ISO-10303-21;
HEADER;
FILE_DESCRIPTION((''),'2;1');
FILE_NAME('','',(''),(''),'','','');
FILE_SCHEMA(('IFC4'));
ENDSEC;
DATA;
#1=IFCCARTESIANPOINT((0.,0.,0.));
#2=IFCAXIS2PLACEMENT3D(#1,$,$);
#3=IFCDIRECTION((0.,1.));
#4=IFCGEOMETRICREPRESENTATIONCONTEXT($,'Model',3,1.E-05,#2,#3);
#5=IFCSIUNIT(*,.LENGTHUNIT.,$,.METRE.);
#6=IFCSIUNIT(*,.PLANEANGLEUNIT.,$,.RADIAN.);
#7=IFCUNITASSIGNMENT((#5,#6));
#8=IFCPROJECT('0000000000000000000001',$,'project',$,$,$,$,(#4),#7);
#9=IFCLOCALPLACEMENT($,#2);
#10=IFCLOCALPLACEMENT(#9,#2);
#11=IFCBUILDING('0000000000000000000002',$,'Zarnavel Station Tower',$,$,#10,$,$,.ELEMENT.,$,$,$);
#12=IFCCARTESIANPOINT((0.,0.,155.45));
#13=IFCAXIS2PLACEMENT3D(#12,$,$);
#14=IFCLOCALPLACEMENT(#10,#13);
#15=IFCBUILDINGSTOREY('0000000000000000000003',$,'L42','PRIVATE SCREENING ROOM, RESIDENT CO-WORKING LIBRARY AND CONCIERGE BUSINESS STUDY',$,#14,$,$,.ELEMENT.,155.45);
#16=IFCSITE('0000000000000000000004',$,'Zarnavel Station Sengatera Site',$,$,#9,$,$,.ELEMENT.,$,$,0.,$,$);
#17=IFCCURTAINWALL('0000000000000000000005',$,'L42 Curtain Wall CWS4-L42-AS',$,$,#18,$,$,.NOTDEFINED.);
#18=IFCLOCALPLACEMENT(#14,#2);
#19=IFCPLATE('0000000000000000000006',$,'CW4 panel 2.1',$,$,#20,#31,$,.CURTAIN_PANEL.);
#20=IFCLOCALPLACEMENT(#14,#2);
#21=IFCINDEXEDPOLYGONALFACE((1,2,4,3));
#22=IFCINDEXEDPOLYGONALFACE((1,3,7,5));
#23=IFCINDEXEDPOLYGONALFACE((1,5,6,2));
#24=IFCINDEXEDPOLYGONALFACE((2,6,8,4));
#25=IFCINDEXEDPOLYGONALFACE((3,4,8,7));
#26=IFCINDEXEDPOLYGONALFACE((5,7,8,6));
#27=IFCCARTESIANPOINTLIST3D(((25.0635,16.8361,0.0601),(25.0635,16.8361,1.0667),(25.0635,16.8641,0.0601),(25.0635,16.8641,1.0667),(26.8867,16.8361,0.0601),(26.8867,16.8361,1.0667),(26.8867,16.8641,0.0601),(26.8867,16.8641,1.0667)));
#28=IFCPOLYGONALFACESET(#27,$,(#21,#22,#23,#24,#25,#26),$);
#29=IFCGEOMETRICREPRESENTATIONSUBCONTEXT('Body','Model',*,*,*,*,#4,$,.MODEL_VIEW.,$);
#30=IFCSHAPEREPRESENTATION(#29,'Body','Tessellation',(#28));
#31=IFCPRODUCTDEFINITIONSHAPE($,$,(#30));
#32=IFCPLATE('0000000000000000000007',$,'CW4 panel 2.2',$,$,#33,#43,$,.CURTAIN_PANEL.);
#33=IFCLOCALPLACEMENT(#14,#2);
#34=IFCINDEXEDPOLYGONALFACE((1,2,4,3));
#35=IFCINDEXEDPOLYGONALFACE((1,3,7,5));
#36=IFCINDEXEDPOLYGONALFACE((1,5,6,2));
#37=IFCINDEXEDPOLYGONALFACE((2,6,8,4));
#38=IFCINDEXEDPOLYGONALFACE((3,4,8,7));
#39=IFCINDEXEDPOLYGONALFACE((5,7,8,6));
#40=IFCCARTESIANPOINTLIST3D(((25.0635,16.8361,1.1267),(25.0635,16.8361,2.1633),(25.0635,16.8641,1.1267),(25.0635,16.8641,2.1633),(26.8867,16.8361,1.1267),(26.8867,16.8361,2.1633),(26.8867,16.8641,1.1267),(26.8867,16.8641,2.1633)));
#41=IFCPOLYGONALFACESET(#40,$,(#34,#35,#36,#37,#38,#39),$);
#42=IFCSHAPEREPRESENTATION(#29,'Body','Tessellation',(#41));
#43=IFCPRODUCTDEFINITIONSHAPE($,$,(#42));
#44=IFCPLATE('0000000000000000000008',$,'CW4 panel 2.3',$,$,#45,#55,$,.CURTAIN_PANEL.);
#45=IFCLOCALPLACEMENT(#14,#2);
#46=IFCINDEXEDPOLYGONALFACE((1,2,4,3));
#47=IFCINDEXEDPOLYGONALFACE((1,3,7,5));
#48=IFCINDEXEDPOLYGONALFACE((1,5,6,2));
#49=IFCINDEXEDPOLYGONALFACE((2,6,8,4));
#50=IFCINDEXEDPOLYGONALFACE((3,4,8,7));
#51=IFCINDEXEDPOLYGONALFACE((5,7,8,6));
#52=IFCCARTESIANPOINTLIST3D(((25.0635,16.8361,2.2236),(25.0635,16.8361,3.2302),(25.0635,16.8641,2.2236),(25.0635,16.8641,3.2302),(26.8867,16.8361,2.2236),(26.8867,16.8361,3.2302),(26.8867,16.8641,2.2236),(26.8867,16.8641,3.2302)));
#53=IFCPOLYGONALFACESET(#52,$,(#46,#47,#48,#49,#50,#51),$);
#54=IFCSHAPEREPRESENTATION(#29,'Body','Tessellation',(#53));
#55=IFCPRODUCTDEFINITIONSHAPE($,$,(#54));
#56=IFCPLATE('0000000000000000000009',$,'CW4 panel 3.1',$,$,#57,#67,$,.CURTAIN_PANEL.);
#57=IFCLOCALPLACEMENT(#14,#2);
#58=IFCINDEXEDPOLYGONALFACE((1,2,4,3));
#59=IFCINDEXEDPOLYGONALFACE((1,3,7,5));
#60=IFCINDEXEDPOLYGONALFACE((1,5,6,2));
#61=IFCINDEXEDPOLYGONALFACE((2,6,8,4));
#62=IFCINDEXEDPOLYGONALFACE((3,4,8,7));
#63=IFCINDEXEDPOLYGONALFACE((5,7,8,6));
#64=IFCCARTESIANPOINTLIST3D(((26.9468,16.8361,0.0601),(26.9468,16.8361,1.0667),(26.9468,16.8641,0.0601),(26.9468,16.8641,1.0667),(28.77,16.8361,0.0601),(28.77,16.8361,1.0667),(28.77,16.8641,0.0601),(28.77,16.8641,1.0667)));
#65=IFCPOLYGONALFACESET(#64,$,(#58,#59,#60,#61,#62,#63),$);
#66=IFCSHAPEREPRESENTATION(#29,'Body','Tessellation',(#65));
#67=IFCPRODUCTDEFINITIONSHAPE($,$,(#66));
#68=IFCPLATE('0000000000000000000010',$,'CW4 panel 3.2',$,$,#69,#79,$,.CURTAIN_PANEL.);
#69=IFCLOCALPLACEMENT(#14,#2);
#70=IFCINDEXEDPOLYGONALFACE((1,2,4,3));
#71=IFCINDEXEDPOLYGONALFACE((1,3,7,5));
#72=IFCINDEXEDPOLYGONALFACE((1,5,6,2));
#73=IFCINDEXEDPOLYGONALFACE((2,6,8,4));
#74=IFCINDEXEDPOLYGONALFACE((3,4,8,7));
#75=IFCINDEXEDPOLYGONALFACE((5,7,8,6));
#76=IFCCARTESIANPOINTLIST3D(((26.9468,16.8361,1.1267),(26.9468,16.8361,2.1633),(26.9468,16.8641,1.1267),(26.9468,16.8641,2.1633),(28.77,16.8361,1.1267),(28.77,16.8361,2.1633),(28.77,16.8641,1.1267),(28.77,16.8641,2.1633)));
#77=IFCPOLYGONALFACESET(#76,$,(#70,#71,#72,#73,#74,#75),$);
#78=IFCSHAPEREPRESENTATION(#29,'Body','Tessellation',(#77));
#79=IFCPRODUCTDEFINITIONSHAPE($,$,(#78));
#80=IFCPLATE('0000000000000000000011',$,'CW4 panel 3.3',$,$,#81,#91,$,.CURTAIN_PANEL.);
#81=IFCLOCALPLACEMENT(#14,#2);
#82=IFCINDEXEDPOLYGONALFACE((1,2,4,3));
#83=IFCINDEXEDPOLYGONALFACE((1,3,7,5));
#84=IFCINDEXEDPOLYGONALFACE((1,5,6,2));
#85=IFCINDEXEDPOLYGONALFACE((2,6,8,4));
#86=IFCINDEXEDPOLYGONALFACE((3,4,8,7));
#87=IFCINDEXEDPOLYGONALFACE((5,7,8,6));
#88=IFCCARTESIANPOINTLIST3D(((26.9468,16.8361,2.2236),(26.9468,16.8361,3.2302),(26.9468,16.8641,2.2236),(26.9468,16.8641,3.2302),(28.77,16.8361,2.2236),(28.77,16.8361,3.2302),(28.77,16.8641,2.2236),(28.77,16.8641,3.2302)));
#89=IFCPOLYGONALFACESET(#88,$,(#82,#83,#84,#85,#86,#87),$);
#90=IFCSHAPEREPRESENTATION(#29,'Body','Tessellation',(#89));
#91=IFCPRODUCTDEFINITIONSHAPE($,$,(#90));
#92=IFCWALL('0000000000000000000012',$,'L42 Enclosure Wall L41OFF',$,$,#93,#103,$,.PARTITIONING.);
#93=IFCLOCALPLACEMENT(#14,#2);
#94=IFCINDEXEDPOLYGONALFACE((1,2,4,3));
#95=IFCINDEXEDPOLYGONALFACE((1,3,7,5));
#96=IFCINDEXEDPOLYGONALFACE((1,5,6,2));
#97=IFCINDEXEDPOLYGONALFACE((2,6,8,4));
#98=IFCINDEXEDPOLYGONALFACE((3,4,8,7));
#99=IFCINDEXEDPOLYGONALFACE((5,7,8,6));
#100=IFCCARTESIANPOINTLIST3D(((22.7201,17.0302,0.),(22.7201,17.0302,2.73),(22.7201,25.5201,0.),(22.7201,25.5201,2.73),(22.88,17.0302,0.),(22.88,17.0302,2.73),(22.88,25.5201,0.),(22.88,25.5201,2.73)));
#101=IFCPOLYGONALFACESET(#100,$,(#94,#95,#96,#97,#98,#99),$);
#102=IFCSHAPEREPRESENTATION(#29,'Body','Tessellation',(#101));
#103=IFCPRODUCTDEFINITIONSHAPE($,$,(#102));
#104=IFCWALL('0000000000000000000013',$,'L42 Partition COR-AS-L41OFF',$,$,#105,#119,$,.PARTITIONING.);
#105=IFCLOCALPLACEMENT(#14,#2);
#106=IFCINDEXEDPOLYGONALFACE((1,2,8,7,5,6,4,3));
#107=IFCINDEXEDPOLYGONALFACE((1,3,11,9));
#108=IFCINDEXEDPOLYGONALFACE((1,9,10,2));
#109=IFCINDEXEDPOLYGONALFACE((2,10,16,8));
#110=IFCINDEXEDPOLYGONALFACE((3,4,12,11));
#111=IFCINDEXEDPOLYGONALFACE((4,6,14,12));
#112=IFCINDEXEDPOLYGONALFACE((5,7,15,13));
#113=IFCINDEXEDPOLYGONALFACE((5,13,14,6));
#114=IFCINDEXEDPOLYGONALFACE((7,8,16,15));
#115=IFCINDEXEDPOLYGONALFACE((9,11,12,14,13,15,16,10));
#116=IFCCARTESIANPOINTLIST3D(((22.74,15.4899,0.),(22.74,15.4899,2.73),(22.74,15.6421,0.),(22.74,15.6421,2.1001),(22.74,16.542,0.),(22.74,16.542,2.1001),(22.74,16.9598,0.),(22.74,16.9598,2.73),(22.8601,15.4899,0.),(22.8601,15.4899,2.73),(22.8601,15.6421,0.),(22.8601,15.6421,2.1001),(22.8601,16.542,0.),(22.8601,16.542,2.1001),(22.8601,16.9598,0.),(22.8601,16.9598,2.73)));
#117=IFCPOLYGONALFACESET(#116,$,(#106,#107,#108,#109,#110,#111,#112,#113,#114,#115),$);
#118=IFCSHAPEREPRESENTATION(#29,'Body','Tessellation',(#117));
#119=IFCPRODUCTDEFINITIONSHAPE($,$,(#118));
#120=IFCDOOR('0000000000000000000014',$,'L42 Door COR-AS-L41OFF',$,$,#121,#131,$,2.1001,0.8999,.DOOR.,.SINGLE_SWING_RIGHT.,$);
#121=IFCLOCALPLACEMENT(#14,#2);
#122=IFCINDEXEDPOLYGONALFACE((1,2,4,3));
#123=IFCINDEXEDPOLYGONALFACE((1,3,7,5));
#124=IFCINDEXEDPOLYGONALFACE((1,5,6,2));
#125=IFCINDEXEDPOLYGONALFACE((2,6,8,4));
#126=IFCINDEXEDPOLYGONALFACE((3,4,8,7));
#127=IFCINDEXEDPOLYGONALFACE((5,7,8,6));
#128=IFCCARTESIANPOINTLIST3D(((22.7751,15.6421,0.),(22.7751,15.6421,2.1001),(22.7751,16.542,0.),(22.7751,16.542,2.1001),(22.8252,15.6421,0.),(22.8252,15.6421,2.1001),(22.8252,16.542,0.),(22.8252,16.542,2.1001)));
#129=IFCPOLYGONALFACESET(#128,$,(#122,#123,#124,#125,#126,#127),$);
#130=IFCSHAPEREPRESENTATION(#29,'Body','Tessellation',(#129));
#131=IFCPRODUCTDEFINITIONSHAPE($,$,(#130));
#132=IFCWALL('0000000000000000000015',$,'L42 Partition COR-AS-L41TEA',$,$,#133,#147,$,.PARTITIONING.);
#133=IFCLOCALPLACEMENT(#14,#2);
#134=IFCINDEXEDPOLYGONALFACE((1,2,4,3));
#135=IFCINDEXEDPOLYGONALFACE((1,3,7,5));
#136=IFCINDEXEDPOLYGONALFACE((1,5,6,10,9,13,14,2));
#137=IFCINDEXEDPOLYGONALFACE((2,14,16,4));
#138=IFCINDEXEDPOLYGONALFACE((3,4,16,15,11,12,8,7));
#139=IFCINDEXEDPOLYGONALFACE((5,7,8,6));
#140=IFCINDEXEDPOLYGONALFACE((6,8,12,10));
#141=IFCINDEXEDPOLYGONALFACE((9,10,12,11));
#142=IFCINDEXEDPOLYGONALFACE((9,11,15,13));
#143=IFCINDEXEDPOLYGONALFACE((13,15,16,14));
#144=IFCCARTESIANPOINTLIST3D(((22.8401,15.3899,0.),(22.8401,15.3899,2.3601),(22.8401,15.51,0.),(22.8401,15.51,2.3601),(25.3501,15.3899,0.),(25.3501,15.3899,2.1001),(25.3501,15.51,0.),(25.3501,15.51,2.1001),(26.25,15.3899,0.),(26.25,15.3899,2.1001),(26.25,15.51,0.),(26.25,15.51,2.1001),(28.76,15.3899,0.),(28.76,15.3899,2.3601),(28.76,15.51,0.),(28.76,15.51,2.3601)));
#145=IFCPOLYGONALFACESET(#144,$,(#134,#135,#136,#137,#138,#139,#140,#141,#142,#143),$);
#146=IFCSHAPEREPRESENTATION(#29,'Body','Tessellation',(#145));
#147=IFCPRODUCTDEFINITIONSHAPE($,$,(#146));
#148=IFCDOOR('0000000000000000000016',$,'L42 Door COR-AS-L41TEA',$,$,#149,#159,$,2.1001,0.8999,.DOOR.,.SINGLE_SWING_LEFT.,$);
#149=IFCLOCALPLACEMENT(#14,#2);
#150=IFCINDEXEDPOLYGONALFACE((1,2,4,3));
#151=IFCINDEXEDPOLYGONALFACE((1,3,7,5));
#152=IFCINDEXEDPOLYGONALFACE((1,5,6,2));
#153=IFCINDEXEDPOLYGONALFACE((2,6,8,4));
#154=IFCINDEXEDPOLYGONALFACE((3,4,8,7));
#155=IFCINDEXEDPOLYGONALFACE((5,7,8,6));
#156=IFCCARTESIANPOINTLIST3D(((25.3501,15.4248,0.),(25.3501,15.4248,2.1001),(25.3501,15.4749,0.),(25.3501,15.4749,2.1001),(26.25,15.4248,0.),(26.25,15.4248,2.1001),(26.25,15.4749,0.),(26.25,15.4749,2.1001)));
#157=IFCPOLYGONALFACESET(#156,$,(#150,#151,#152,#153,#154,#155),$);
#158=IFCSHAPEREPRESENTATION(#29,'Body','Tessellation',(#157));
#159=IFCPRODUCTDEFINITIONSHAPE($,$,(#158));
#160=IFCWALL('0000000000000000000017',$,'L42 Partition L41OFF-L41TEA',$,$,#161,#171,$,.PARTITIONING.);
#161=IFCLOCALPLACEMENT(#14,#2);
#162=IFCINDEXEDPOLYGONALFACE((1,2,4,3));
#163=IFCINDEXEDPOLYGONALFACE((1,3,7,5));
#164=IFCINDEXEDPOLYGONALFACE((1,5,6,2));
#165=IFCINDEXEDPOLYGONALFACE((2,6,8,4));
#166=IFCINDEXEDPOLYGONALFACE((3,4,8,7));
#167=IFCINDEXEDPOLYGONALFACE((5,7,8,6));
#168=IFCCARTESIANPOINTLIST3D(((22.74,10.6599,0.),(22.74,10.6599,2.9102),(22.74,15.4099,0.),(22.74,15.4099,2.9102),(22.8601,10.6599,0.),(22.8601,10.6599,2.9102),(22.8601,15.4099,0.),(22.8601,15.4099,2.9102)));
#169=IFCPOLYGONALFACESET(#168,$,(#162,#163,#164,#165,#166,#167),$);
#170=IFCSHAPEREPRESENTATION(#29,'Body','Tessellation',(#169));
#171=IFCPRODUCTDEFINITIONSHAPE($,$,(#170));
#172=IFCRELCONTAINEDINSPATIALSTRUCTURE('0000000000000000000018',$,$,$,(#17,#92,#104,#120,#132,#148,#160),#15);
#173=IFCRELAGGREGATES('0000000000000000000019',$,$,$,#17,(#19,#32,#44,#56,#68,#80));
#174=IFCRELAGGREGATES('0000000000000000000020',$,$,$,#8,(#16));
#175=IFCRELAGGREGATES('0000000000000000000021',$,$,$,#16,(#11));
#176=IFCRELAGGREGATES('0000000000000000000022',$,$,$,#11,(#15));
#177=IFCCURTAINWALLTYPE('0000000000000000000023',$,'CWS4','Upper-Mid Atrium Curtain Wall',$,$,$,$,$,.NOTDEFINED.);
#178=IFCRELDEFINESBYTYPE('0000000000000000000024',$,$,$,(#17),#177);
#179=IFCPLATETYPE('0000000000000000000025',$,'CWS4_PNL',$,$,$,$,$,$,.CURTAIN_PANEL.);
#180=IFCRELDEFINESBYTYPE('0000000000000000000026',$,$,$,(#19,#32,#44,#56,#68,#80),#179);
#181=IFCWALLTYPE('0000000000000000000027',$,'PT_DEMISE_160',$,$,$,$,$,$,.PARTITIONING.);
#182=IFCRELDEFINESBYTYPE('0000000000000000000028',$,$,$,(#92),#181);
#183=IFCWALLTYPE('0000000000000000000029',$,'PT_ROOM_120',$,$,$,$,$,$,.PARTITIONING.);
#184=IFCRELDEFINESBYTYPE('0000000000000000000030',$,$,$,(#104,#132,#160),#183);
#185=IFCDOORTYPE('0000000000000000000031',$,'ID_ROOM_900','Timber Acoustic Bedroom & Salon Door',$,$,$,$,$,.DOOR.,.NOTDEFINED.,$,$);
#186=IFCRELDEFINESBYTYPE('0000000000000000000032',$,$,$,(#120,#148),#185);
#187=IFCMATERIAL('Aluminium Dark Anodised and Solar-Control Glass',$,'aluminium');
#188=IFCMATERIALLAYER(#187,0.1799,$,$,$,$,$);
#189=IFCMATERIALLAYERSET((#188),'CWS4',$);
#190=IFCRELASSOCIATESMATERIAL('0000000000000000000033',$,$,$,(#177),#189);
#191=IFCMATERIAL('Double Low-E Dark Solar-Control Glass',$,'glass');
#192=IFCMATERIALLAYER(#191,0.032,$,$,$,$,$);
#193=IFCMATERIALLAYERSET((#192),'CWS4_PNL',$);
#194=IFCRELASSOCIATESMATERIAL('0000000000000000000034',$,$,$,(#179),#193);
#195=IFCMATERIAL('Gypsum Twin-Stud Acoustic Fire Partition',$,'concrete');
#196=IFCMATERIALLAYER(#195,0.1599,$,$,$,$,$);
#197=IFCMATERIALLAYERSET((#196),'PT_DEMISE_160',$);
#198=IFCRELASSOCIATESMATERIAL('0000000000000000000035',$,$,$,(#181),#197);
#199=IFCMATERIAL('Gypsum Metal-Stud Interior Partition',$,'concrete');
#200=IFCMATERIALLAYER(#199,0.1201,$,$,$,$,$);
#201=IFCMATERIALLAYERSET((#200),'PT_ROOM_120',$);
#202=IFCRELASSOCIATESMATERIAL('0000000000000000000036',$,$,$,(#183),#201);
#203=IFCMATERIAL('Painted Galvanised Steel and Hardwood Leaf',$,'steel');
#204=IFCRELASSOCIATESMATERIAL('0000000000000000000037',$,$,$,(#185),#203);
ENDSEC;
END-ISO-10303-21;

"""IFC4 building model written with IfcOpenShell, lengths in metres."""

from ifc_helpers import new_model, si_unit, direction, frame, frame_2d, origin, origin_2d, place, context, subcontext, project, spatial, rectangle, extrude, material, layer, layer_set, type_object, element, fill, aggregate, save


model = new_model("IFC4")

# Units and contexts
model_context = context("Model", 3, precision=1e-05, world=origin(), true_north=direction((0.0, 1.0)))
body_context = subcontext(model_context, "Body", "Model", "MODEL_VIEW")
ifc_project = project(units=[si_unit("LENGTHUNIT", "METRE"), si_unit("PLANEANGLEUNIT", "RADIAN")], contexts=[model_context])

# Site, building, storey
site_placement = place(None, origin())
site = spatial("IfcSite", under=ifc_project, at=site_placement, Name="Zarnavel Station Sengatera Site", CompositionType="ELEMENT", RefElevation=0.0)
building_placement = place(site_placement, origin())
building = spatial("IfcBuilding", under=site, at=building_placement, Name="Zarnavel Station Tower", CompositionType="ELEMENT")
storey_placement = place(building_placement, frame((0.0, 0.0, 155.45)))
storey = spatial("IfcBuildingStorey", under=building, at=storey_placement, Name="L42", Description="PRIVATE SCREENING ROOM, RESIDENT CO-WORKING LIBRARY AND CONCIERGE BUSINESS STUDY", CompositionType="ELEMENT", Elevation=155.45)

# Curtain wall
ifc_material_1 = material(Name="Aluminium Dark Anodised and Solar-Control Glass", Category="aluminium")
ifc_layer_1 = layer(ifc_material_1, 0.1799)
ifc_layer_set_1 = layer_set([ifc_layer_1], Name="CWS4")
curtain_wall_type = type_object("IfcCurtainWallType", Name="CWS4", Description="Upper-Mid Atrium Curtain Wall", PredefinedType="NOTDEFINED", material=ifc_layer_set_1)
curtain_wall_placement = place(storey_placement, origin())
curtain_wall = element("IfcCurtainWall", 1, at=curtain_wall_placement, inside=storey, type_object=curtain_wall_type, Name="L42 Curtain Wall CWS4-L42-AS", PredefinedType="NOTDEFINED")

# Plates
ifc_material_2 = material(Name="Double Low-E Dark Solar-Control Glass", Category="glass")
ifc_layer_2 = layer(ifc_material_2, 0.032)
ifc_layer_set_2 = layer_set([ifc_layer_2], Name="CWS4_PNL")
plate_type = type_object("IfcPlateType", Name="CWS4_PNL", PredefinedType="CURTAIN_PANEL", material=ifc_layer_set_2)
plate_1_placement = place(storey_placement, frame((25.9751, 16.8501, 0.0601), z_axis=(0.0, 0.0, 1.0), x_axis=(1.0, 0.0, 0.0)))
plate_1 = element("IfcPlate", 2, at=plate_1_placement, type_object=plate_type, Name="CW4 panel 2.1", PredefinedType="CURTAIN_PANEL", context=body_context, shape_type="SweptSolid", body=[
    extrude(rectangle(XDim=1.8232, YDim=0.0281, at=origin_2d()), origin(), (0.0, 0.0, 1.0), 1.0066),
])
plate_2_placement = place(storey_placement, frame((25.9751, 16.8501, 1.1267), z_axis=(0.0, 0.0, 1.0), x_axis=(1.0, 0.0, 0.0)))
plate_2 = element("IfcPlate", 3, at=plate_2_placement, type_object=plate_type, Name="CW4 panel 2.2", PredefinedType="CURTAIN_PANEL", context=body_context, shape_type="SweptSolid", body=[
    extrude(rectangle(XDim=1.8232, YDim=0.0281, at=origin_2d()), origin(), (0.0, 0.0, 1.0), 1.0366),
])
plate_3_placement = place(storey_placement, frame((25.9751, 16.8501, 2.2236), z_axis=(0.0, 0.0, 1.0), x_axis=(1.0, 0.0, 0.0)))
plate_3 = element("IfcPlate", 4, at=plate_3_placement, type_object=plate_type, Name="CW4 panel 2.3", PredefinedType="CURTAIN_PANEL", context=body_context, shape_type="SweptSolid", body=[
    extrude(rectangle(XDim=1.8232, YDim=0.0281, at=origin_2d()), origin(), (0.0, 0.0, 1.0), 1.0066),
])
plate_4_placement = place(storey_placement, frame((27.8584, 16.8501, 0.0601), z_axis=(0.0, 0.0, 1.0), x_axis=(1.0, 0.0, 0.0)))
plate_4 = element("IfcPlate", 5, at=plate_4_placement, type_object=plate_type, Name="CW4 panel 3.1", PredefinedType="CURTAIN_PANEL", context=body_context, shape_type="SweptSolid", body=[
    extrude(rectangle(XDim=1.8232, YDim=0.0281, at=origin_2d()), origin(), (0.0, 0.0, 1.0), 1.0066),
])
plate_5_placement = place(storey_placement, frame((27.8584, 16.8501, 1.1267), z_axis=(0.0, 0.0, 1.0), x_axis=(1.0, 0.0, 0.0)))
plate_5 = element("IfcPlate", 6, at=plate_5_placement, type_object=plate_type, Name="CW4 panel 3.2", PredefinedType="CURTAIN_PANEL", context=body_context, shape_type="SweptSolid", body=[
    extrude(rectangle(XDim=1.8232, YDim=0.0281, at=origin_2d()), origin(), (0.0, 0.0, 1.0), 1.0366),
])
plate_6_placement = place(storey_placement, frame((27.8584, 16.8501, 2.2236), z_axis=(0.0, 0.0, 1.0), x_axis=(1.0, 0.0, 0.0)))
plate_6 = element("IfcPlate", 7, at=plate_6_placement, type_object=plate_type, Name="CW4 panel 3.3", PredefinedType="CURTAIN_PANEL", context=body_context, shape_type="SweptSolid", body=[
    extrude(rectangle(XDim=1.8232, YDim=0.0281, at=origin_2d()), origin(), (0.0, 0.0, 1.0), 1.0066),
])
aggregate(curtain_wall, [plate_1, plate_2, plate_3, plate_4, plate_5, plate_6])

# Wall
ifc_material_3 = material(Name="Gypsum Twin-Stud Acoustic Fire Partition", Category="concrete")
ifc_layer_3 = layer(ifc_material_3, 0.1599)
ifc_layer_set_3 = layer_set([ifc_layer_3], Name="PT_DEMISE_160")
wall_type_1 = type_object("IfcWallType", Name="PT_DEMISE_160", PredefinedType="PARTITIONING", material=ifc_layer_set_3)
wall_1_placement = place(storey_placement, frame((22.8, 17.03, 0.0), z_axis=(0.0, 0.0, 1.0), x_axis=(0.0, 1.0, 0.0)))
element("IfcWall", 8, at=wall_1_placement, inside=storey, type_object=wall_type_1, Name="L42 Enclosure Wall L41OFF", PredefinedType="PARTITIONING", context=body_context, shape_type="SweptSolid", body=[
    extrude(rectangle(XDim=8.49, YDim=0.1599, at=frame_2d((4.2451, 0.0))), origin(), (0.0, 0.0, 1.0), 2.73),
])

# Walls, openings, doors
ifc_material_4 = material(Name="Gypsum Metal-Stud Interior Partition", Category="concrete")
ifc_layer_4 = layer(ifc_material_4, 0.1201)
ifc_layer_set_4 = layer_set([ifc_layer_4], Name="PT_ROOM_120")
wall_type_2 = type_object("IfcWallType", Name="PT_ROOM_120", PredefinedType="PARTITIONING", material=ifc_layer_set_4)
wall_2_placement = place(storey_placement, frame((22.8, 15.49, 0.0), z_axis=(0.0, 0.0, 1.0), x_axis=(0.0, 1.0, 0.0)))
wall_2 = element("IfcWall", 9, at=wall_2_placement, inside=storey, type_object=wall_type_2, Name="L42 Partition COR-AS-L41OFF", PredefinedType="PARTITIONING", context=body_context, shape_type="SweptSolid", body=[
    extrude(rectangle(XDim=1.47, YDim=0.1201, at=frame_2d((0.7349, 0.0))), origin(), (0.0, 0.0, 1.0), 2.73),
])
opening_1_placement = place(wall_2_placement, frame((0.1521, 0.0, 0.0)))
opening_1 = element("IfcOpeningElement", 10, at=opening_1_placement, cuts=wall_2, PredefinedType="OPENING", context=body_context, shape_type="SweptSolid", body=[
    extrude(rectangle(XDim=0.8999, YDim=2.1001, at=frame_2d((0.45, 1.05))), frame((0.0, 0.0701, 0.0), z_axis=(0.0, -1.0, 0.0), x_axis=(1.0, 0.0, 0.0)), (0.0, 0.0, 1.0), 0.1401),
])
ifc_material_5 = material(Name="Painted Galvanised Steel and Hardwood Leaf", Category="steel")
door_type = type_object("IfcDoorType", Name="ID_ROOM_900", Description="Timber Acoustic Bedroom & Salon Door", OperationType="NOTDEFINED", PredefinedType="DOOR", material=ifc_material_5)
door_1_placement = place(opening_1_placement, origin())
door_1 = element("IfcDoor", 11, at=door_1_placement, inside=storey, type_object=door_type, Name="L42 Door COR-AS-L41OFF", OperationType="SINGLE_SWING_RIGHT", OverallHeight=2.1001, OverallWidth=0.8999, PredefinedType="DOOR", context=body_context, shape_type="SweptSolid", body=[
    extrude(rectangle(XDim=0.8999, YDim=2.1001, at=frame_2d((0.45, 1.05))), frame((0.0, 0.0249, 0.0), z_axis=(0.0, -1.0, 0.0), x_axis=(1.0, 0.0, 0.0)), (0.0, 0.0, 1.0), 0.05),
])
fill(opening_1, door_1)
wall_3_placement = place(storey_placement, frame((22.8401, 15.45, 0.0), z_axis=(0.0, 0.0, 1.0), x_axis=(1.0, 0.0, 0.0)))
wall_3 = element("IfcWall", 12, at=wall_3_placement, inside=storey, type_object=wall_type_2, Name="L42 Partition COR-AS-L41TEA", PredefinedType="PARTITIONING", context=body_context, shape_type="SweptSolid", body=[
    extrude(rectangle(XDim=5.9199, YDim=0.1201, at=frame_2d((2.96, 0.0))), origin(), (0.0, 0.0, 1.0), 2.3601),
])
opening_2_placement = place(wall_3_placement, frame((2.51, 0.0, 0.0)))
opening_2 = element("IfcOpeningElement", 13, at=opening_2_placement, cuts=wall_3, PredefinedType="OPENING", context=body_context, shape_type="SweptSolid", body=[
    extrude(rectangle(XDim=0.8999, YDim=2.1001, at=frame_2d((0.45, 1.05))), frame((0.0, 0.0701, 0.0), z_axis=(0.0, -1.0, 0.0), x_axis=(1.0, 0.0, 0.0)), (0.0, 0.0, 1.0), 0.1401),
])
door_2_placement = place(opening_2_placement, origin())
door_2 = element("IfcDoor", 14, at=door_2_placement, inside=storey, type_object=door_type, Name="L42 Door COR-AS-L41TEA", OperationType="SINGLE_SWING_LEFT", OverallHeight=2.1001, OverallWidth=0.8999, PredefinedType="DOOR", context=body_context, shape_type="SweptSolid", body=[
    extrude(rectangle(XDim=0.8999, YDim=2.1001, at=frame_2d((0.45, 1.05))), frame((0.0, 0.0249, 0.0), z_axis=(0.0, -1.0, 0.0), x_axis=(1.0, 0.0, 0.0)), (0.0, 0.0, 1.0), 0.05),
])
fill(opening_2, door_2)

# Wall
wall_4_placement = place(storey_placement, frame((22.8, 10.6599, 0.0), z_axis=(0.0, 0.0, 1.0), x_axis=(0.0, 1.0, 0.0)))
element("IfcWall", 15, at=wall_4_placement, inside=storey, type_object=wall_type_2, Name="L42 Partition L41OFF-L41TEA", PredefinedType="PARTITIONING", context=body_context, shape_type="SweptSolid", body=[
    extrude(rectangle(XDim=4.75, YDim=0.1201, at=frame_2d((2.375, 0.0))), origin(), (0.0, 0.0, 1.0), 2.9102),
])

save(model, "model.ifc")
